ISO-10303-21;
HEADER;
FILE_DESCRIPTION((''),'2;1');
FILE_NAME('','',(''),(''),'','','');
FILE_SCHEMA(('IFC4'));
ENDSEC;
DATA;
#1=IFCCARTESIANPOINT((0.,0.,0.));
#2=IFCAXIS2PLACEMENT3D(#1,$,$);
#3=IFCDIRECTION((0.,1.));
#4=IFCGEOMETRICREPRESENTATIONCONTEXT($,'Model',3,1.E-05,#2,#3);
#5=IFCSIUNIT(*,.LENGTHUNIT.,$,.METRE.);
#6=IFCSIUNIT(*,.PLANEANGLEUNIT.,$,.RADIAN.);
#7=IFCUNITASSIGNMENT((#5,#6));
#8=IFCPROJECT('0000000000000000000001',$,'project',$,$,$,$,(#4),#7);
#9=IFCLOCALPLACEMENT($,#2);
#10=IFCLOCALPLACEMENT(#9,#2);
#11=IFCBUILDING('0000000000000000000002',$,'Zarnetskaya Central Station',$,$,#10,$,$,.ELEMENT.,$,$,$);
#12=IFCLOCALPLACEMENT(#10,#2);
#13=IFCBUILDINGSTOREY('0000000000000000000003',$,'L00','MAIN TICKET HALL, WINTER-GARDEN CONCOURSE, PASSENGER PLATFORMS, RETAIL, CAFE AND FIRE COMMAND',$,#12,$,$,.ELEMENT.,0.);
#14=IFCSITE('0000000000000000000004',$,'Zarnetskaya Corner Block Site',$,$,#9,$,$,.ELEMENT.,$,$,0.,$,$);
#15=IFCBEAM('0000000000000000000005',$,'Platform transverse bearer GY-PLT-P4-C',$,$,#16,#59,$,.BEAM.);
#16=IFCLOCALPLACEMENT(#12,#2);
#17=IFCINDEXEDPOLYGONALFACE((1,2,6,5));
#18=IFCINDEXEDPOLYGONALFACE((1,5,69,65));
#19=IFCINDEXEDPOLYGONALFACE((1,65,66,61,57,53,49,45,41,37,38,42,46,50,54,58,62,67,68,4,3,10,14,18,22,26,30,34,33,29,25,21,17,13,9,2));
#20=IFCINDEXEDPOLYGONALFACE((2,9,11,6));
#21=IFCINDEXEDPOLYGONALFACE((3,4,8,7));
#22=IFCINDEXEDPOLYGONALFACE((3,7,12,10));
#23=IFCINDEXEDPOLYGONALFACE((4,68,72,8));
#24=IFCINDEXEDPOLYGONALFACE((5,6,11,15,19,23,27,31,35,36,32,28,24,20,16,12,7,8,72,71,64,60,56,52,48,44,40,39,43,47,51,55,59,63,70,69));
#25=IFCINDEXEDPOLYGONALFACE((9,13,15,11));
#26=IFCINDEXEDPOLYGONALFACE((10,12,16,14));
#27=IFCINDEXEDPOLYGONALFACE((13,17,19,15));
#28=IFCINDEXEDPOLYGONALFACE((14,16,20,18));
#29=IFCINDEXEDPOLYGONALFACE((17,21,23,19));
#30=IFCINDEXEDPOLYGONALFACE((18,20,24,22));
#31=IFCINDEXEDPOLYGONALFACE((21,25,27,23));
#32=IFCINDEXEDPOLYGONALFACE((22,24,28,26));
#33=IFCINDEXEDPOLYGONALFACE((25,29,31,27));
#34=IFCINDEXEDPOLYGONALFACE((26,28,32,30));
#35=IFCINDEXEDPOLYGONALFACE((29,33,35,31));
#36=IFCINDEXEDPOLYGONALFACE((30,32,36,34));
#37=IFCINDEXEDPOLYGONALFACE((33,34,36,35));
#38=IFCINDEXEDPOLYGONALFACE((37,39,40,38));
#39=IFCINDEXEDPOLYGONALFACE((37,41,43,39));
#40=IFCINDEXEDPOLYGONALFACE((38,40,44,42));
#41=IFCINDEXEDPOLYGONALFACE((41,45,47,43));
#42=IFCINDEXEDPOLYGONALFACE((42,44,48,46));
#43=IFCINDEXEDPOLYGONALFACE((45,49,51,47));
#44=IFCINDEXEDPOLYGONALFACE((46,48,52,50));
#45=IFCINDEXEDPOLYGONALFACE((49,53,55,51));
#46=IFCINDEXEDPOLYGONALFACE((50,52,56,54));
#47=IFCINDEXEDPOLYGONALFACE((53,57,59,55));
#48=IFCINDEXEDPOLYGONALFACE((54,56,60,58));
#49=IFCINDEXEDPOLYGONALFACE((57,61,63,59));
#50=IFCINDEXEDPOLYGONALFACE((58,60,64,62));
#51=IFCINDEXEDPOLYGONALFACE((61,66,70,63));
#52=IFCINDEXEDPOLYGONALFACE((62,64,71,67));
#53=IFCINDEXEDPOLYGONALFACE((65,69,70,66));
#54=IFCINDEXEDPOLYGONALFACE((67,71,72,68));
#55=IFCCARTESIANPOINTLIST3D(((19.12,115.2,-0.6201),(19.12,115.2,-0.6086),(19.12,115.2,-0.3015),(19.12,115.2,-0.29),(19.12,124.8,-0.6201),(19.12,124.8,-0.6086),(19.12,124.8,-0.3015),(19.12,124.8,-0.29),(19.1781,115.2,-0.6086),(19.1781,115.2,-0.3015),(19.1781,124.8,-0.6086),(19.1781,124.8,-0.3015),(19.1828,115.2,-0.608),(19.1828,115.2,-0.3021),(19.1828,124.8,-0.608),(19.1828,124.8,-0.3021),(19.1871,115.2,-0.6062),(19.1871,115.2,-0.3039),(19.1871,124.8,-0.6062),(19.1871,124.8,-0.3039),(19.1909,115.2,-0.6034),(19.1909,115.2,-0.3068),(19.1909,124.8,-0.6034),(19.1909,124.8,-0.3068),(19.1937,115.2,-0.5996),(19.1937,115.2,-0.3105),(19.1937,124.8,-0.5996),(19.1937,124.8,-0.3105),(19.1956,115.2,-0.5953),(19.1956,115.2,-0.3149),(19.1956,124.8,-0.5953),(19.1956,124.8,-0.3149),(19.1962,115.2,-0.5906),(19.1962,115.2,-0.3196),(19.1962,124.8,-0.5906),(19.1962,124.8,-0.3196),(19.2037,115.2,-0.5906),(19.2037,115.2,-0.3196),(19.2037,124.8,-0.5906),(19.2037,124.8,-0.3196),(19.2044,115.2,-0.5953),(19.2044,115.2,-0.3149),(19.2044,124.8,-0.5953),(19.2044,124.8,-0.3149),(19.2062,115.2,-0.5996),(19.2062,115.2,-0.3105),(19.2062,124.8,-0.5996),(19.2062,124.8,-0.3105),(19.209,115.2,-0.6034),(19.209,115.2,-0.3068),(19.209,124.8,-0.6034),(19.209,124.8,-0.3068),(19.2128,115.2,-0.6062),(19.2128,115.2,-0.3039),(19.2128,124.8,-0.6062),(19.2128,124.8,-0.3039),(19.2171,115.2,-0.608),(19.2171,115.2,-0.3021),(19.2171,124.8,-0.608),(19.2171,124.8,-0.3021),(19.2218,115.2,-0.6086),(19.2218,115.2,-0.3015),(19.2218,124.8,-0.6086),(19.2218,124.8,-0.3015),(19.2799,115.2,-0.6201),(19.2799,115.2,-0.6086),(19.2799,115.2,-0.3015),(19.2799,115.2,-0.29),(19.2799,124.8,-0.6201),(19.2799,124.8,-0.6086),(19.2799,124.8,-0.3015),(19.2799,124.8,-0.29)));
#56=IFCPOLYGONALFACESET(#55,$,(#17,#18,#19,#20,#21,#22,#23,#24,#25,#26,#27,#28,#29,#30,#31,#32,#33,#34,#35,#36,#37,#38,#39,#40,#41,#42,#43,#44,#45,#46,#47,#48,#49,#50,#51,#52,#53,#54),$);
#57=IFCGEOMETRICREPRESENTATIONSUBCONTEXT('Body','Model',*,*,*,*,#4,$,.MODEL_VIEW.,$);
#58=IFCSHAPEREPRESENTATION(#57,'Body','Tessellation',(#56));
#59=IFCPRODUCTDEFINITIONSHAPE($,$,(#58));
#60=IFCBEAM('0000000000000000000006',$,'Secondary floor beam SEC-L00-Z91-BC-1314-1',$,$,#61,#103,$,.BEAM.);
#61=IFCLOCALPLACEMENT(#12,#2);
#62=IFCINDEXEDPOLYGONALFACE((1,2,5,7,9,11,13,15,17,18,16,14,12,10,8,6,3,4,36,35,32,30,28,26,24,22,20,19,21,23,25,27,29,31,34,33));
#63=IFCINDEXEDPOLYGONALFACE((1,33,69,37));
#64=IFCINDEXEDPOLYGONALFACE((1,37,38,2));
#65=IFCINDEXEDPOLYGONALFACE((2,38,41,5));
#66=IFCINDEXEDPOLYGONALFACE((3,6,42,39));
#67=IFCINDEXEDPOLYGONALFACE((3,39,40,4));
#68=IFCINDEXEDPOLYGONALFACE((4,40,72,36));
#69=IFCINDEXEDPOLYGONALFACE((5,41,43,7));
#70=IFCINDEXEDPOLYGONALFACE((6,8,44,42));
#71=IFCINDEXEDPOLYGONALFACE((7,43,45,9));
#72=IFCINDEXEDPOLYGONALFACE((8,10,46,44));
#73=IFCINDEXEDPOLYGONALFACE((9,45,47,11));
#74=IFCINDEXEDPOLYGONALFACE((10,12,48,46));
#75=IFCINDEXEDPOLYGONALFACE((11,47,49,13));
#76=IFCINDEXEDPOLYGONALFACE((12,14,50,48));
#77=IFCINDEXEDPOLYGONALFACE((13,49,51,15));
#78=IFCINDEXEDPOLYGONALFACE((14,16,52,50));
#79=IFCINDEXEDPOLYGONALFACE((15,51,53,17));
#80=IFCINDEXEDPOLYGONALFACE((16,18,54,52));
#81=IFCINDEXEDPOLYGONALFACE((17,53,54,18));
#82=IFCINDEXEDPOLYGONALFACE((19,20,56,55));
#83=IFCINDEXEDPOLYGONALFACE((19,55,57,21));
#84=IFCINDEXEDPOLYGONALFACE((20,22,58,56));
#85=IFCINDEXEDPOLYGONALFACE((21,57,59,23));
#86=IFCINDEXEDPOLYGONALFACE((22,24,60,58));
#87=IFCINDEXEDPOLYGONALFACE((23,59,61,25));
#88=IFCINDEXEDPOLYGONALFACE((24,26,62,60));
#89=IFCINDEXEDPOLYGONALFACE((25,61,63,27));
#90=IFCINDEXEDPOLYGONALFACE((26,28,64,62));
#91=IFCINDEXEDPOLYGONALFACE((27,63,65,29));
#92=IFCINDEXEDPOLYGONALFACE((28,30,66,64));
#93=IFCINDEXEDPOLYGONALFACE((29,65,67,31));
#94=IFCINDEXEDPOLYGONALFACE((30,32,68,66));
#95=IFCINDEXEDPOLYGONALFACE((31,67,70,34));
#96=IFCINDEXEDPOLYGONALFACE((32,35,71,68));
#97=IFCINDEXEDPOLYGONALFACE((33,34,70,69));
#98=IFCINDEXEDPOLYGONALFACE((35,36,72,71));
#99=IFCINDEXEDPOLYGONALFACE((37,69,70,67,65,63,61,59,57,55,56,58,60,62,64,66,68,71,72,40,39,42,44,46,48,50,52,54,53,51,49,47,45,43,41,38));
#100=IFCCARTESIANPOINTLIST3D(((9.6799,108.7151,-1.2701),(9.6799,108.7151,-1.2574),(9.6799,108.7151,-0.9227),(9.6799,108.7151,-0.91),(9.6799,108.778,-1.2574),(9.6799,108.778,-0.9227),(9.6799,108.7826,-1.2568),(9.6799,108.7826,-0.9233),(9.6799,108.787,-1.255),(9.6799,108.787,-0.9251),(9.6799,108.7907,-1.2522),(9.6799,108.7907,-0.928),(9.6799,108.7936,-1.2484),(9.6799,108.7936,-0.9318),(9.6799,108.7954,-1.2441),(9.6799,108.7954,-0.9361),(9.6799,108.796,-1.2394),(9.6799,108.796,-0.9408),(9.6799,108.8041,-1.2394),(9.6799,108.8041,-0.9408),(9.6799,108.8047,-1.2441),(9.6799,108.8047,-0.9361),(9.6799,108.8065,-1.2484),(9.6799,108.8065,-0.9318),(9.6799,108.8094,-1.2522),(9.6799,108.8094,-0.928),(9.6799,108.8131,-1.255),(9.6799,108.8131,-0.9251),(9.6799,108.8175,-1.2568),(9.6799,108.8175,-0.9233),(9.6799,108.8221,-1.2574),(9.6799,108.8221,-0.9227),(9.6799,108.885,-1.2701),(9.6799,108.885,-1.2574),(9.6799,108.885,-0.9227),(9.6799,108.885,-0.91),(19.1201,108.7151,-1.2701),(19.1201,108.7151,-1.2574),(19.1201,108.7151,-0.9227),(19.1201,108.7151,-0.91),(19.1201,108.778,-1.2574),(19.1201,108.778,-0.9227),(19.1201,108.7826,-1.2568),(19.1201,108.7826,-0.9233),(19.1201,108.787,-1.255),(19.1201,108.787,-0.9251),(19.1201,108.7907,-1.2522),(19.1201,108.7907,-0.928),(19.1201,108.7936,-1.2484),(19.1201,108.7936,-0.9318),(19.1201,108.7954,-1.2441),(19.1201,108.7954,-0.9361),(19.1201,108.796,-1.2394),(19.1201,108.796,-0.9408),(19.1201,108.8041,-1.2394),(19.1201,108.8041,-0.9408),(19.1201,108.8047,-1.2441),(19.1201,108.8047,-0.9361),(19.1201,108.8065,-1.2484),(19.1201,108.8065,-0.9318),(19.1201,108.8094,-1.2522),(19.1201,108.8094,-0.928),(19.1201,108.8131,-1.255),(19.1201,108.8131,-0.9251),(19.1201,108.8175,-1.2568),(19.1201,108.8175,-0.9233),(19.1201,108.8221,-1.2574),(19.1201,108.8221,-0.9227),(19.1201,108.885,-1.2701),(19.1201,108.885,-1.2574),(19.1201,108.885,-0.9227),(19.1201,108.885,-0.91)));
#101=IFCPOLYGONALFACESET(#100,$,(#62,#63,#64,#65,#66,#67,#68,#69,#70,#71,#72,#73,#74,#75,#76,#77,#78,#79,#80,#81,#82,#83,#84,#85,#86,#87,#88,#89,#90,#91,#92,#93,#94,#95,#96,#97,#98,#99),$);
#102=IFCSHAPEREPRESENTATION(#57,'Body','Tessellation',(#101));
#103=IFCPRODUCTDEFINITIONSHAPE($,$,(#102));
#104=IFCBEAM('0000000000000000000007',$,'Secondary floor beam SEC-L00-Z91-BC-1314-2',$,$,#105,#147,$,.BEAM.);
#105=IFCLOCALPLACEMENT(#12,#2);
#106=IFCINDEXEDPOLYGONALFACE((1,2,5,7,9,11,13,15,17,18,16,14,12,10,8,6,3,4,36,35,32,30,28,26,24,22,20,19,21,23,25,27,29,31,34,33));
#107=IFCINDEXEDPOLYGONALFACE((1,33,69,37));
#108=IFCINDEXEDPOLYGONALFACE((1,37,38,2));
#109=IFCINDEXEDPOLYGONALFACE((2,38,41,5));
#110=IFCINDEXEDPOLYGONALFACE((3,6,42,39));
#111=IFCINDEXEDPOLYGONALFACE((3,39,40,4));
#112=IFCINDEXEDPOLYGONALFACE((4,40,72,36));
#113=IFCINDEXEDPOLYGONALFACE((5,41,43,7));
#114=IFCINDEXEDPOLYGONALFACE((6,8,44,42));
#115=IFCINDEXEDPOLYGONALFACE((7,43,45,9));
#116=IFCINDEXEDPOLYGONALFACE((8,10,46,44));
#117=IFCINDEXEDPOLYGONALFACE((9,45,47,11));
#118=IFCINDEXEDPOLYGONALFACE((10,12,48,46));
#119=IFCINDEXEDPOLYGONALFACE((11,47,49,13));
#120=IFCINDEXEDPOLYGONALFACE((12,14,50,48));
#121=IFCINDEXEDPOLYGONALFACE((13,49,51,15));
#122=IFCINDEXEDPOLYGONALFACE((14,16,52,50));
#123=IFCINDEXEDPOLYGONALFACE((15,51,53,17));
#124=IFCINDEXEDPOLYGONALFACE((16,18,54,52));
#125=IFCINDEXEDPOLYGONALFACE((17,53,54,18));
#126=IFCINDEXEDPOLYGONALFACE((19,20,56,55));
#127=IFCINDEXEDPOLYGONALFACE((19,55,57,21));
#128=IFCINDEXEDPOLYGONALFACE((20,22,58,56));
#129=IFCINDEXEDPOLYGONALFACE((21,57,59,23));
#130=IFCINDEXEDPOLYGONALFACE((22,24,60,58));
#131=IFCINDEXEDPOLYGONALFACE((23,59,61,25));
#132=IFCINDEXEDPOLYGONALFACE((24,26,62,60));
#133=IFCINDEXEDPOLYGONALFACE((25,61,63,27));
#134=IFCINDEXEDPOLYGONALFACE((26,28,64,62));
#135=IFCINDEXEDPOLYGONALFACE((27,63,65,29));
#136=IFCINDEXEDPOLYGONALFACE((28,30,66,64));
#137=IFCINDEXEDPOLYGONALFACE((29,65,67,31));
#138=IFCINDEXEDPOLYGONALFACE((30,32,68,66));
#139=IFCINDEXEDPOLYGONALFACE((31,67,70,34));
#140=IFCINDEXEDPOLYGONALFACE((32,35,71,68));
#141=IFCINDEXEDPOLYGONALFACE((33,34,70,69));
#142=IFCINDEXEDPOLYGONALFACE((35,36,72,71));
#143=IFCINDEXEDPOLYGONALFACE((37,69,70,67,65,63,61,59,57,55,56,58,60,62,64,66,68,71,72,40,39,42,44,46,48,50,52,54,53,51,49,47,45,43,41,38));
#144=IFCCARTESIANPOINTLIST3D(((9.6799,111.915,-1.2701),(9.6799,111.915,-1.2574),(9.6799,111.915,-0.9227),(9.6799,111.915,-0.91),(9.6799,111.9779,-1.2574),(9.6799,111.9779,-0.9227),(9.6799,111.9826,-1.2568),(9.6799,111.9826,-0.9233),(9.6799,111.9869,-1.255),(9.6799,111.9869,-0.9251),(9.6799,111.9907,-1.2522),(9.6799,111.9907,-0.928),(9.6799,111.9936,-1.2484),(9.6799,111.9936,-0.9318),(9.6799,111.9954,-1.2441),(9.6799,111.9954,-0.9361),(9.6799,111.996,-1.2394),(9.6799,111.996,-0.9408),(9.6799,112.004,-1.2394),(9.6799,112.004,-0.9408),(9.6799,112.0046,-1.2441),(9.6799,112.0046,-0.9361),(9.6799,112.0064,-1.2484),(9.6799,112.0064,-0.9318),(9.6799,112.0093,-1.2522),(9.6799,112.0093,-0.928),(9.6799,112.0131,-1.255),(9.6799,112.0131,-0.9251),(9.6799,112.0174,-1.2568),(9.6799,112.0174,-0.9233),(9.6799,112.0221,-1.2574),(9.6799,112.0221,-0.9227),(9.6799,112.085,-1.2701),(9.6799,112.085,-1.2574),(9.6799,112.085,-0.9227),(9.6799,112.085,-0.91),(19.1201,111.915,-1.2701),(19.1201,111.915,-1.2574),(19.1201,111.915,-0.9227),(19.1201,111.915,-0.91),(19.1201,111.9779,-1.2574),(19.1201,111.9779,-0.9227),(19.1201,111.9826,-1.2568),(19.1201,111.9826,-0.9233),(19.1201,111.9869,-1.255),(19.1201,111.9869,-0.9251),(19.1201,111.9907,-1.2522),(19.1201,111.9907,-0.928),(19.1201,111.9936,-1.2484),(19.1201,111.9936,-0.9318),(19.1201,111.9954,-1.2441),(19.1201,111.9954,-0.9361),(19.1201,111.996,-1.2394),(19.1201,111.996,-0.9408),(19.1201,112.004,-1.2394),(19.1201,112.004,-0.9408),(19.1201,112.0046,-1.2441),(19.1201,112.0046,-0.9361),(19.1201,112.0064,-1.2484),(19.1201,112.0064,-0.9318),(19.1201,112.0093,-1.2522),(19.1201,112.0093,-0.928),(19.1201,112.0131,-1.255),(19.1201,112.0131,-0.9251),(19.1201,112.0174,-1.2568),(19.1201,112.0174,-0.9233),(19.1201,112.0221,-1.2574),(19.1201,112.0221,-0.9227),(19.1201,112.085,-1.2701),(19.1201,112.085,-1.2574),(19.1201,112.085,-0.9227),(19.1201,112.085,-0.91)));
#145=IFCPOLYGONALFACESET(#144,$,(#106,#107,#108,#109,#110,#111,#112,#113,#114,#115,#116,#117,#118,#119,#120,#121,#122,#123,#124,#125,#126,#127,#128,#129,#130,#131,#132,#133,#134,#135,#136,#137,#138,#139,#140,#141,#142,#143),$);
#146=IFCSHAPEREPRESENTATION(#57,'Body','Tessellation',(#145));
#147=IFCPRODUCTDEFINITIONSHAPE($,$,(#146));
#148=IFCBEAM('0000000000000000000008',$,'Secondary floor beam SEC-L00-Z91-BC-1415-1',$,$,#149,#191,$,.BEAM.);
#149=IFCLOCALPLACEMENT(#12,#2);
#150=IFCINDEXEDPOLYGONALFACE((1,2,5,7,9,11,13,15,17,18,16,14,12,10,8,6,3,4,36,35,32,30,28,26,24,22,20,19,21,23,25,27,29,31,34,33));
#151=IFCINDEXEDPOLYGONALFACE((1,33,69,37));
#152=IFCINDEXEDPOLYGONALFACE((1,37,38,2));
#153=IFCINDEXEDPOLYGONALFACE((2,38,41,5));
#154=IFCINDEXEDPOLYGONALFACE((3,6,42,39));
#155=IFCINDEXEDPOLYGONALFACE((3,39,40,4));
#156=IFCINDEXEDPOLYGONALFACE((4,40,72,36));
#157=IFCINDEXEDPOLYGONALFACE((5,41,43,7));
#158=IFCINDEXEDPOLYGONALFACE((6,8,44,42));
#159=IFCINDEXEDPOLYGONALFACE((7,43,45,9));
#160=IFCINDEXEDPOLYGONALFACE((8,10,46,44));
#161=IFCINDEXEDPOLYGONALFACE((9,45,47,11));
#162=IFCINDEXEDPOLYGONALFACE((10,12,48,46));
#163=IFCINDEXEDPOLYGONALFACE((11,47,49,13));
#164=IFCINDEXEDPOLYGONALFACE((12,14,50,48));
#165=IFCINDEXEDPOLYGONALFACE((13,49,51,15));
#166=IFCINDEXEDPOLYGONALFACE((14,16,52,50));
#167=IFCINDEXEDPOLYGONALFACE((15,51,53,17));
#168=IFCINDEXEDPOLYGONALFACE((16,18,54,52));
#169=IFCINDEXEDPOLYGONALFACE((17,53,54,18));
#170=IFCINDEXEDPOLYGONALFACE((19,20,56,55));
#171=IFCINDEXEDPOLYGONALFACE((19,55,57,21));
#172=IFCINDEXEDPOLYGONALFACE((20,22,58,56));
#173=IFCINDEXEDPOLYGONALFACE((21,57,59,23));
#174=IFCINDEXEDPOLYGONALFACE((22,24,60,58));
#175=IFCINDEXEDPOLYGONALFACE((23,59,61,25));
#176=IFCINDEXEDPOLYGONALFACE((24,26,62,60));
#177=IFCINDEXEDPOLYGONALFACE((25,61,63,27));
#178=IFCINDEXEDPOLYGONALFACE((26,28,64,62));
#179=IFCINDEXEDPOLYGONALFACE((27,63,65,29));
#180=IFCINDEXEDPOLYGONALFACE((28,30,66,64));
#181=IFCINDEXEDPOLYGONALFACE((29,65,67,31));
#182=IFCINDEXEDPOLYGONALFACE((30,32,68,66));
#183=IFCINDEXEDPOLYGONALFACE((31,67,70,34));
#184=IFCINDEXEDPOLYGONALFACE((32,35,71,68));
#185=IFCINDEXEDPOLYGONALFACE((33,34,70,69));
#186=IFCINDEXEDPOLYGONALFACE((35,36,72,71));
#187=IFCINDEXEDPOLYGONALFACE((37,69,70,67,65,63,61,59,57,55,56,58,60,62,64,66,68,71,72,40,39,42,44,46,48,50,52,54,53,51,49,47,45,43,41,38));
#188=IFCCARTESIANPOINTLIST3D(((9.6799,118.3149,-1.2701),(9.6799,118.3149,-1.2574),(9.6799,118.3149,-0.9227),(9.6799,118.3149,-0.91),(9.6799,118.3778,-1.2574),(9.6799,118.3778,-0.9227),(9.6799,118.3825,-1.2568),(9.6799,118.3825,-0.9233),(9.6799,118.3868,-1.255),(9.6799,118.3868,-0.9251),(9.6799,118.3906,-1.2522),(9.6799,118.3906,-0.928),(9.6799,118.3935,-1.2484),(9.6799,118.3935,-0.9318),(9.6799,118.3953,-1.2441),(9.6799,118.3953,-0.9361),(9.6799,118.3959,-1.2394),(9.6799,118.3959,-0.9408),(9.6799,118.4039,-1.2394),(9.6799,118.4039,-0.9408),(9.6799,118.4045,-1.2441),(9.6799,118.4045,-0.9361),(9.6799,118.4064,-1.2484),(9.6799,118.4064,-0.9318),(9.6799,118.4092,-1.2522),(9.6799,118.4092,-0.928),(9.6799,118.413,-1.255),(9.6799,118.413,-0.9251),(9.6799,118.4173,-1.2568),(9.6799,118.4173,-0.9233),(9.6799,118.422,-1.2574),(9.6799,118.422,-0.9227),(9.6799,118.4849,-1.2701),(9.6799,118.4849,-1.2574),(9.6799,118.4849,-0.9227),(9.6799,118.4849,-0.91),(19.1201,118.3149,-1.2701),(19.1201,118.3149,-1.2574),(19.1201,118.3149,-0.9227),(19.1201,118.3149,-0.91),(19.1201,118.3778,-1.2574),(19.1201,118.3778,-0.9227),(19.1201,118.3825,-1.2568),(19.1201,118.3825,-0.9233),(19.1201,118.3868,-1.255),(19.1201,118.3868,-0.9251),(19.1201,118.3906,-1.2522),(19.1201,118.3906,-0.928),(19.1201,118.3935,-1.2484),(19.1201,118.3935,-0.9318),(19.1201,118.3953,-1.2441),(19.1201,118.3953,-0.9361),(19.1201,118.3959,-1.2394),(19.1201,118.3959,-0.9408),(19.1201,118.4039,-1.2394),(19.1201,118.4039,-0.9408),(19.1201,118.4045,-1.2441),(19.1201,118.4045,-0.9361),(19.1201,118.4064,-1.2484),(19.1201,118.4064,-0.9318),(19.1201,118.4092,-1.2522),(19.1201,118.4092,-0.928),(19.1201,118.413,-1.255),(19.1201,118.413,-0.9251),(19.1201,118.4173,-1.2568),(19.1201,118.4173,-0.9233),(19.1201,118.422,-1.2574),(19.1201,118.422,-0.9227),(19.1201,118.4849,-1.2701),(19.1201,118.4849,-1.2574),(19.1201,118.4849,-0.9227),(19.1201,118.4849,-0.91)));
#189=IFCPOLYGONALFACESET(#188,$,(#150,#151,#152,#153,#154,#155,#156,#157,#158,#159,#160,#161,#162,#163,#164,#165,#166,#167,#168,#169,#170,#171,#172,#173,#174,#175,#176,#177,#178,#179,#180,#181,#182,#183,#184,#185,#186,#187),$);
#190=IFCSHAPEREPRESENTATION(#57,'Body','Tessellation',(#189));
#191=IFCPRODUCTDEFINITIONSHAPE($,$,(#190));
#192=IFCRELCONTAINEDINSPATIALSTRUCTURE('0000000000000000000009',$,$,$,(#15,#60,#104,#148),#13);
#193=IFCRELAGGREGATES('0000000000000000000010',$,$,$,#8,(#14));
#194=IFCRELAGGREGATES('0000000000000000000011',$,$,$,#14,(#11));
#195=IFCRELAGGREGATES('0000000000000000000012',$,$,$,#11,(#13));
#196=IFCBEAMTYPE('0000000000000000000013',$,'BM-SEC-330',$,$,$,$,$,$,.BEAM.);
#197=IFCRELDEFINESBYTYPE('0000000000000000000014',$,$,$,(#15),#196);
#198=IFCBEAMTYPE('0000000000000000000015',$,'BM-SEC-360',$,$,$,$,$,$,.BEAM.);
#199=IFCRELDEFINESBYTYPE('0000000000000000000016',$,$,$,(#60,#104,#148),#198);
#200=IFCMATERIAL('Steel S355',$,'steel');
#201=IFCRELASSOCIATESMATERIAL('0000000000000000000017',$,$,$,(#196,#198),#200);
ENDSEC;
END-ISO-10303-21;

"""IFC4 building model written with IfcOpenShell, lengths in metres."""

from ifc_helpers import new_model, si_unit, direction, frame, origin, origin_2d, place, context, subcontext, project, spatial, i_section, extrude, material, material_profile, profile_set, type_object, element, save


model = new_model("IFC4")

# Units and contexts
model_context = context("Model", 3, precision=1e-05, world=origin(), true_north=direction((0.0, 1.0)))
body_context = subcontext(model_context, "Body", "Model", "MODEL_VIEW")
ifc_project = project(units=[si_unit("LENGTHUNIT", "METRE"), si_unit("PLANEANGLEUNIT", "RADIAN")], contexts=[model_context])

# Site, building, storey
site_placement = place(None, origin())
site = spatial("IfcSite", under=ifc_project, at=site_placement, Name="Zarnetskaya Corner Block Site", CompositionType="ELEMENT", RefElevation=0.0)
building_placement = place(site_placement, origin())
building = spatial("IfcBuilding", under=site, at=building_placement, Name="Zarnetskaya Central Station", CompositionType="ELEMENT")
storey_placement = place(building_placement, origin())
storey = spatial("IfcBuildingStorey", under=building, at=storey_placement, Name="L00", Description="MAIN TICKET HALL, WINTER-GARDEN CONCOURSE, PASSENGER PLATFORMS, RETAIL, CAFE AND FIRE COMMAND", CompositionType="ELEMENT", Elevation=0.0)

# Shared definitions
ifc_material = material(Name="Steel S355", Category="steel")

# Beams
ifc_material_profile_1 = material_profile(ifc_material, i_section(OverallWidth=0.1599, OverallDepth=0.3301, WebThickness=0.0076, FlangeThickness=0.0115, FilletRadius=0.0181, at=origin_2d()), Name="IPE 330")
ifc_profile_set_1 = profile_set([ifc_material_profile_1], Name="Steel S355")
beam_type_1 = type_object("IfcBeamType", Name="BM-SEC-330", PredefinedType="BEAM", material=ifc_profile_set_1)
for number, where, z_axis, x_axis, name in (
    (1, (19.2, 115.2, -0.4551), (0.0, 1.0, 0.0), (-1.0, 0.0, 0.0), "Platform transverse bearer GY-PLT-P4-C"),
):
    element("IfcBeam", number, at=place(storey_placement, frame(where, z_axis=z_axis, x_axis=x_axis)), inside=storey, type_object=beam_type_1, Name=name, PredefinedType="BEAM", context=body_context, shape_type="SweptSolid", body=[
        extrude(i_section(OverallWidth=0.1599, OverallDepth=0.3301, WebThickness=0.0076, FlangeThickness=0.0115, FilletRadius=0.0181, at=origin_2d()), origin(), (0.0, 0.0, 1.0), 9.6001),
    ])
ifc_material_profile_2 = material_profile(ifc_material, i_section(OverallWidth=0.1699, OverallDepth=0.3601, WebThickness=0.0081, FlangeThickness=0.0127, FilletRadius=0.0181, at=origin_2d()), Name="IPE 360")
ifc_profile_set_2 = profile_set([ifc_material_profile_2], Name="Steel S355")
beam_type_2 = type_object("IfcBeamType", Name="BM-SEC-360", PredefinedType="BEAM", material=ifc_profile_set_2)
for number, where, z_axis, x_axis, name in (
    (2, (9.6799, 108.8, -1.0901), (1.0, 0.0, 0.0), (0.0, 1.0, 0.0), "Secondary floor beam SEC-L00-Z91-BC-1314-1"),
    (3, (9.6799, 112.0, -1.0901), (1.0, 0.0, 0.0), (0.0, 1.0, 0.0), "Secondary floor beam SEC-L00-Z91-BC-1314-2"),
    (4, (9.6799, 118.3999, -1.0901), (1.0, 0.0, 0.0), (0.0, 1.0, 0.0), "Secondary floor beam SEC-L00-Z91-BC-1415-1"),
):
    element("IfcBeam", number, at=place(storey_placement, frame(where, z_axis=z_axis, x_axis=x_axis)), inside=storey, type_object=beam_type_2, Name=name, PredefinedType="BEAM", context=body_context, shape_type="SweptSolid", body=[
        extrude(i_section(OverallWidth=0.1699, OverallDepth=0.3601, WebThickness=0.0081, FlangeThickness=0.0127, FilletRadius=0.0181, at=origin_2d()), origin(), (0.0, 0.0, 1.0), 9.4402),
    ])

save(model, "model.ifc")
